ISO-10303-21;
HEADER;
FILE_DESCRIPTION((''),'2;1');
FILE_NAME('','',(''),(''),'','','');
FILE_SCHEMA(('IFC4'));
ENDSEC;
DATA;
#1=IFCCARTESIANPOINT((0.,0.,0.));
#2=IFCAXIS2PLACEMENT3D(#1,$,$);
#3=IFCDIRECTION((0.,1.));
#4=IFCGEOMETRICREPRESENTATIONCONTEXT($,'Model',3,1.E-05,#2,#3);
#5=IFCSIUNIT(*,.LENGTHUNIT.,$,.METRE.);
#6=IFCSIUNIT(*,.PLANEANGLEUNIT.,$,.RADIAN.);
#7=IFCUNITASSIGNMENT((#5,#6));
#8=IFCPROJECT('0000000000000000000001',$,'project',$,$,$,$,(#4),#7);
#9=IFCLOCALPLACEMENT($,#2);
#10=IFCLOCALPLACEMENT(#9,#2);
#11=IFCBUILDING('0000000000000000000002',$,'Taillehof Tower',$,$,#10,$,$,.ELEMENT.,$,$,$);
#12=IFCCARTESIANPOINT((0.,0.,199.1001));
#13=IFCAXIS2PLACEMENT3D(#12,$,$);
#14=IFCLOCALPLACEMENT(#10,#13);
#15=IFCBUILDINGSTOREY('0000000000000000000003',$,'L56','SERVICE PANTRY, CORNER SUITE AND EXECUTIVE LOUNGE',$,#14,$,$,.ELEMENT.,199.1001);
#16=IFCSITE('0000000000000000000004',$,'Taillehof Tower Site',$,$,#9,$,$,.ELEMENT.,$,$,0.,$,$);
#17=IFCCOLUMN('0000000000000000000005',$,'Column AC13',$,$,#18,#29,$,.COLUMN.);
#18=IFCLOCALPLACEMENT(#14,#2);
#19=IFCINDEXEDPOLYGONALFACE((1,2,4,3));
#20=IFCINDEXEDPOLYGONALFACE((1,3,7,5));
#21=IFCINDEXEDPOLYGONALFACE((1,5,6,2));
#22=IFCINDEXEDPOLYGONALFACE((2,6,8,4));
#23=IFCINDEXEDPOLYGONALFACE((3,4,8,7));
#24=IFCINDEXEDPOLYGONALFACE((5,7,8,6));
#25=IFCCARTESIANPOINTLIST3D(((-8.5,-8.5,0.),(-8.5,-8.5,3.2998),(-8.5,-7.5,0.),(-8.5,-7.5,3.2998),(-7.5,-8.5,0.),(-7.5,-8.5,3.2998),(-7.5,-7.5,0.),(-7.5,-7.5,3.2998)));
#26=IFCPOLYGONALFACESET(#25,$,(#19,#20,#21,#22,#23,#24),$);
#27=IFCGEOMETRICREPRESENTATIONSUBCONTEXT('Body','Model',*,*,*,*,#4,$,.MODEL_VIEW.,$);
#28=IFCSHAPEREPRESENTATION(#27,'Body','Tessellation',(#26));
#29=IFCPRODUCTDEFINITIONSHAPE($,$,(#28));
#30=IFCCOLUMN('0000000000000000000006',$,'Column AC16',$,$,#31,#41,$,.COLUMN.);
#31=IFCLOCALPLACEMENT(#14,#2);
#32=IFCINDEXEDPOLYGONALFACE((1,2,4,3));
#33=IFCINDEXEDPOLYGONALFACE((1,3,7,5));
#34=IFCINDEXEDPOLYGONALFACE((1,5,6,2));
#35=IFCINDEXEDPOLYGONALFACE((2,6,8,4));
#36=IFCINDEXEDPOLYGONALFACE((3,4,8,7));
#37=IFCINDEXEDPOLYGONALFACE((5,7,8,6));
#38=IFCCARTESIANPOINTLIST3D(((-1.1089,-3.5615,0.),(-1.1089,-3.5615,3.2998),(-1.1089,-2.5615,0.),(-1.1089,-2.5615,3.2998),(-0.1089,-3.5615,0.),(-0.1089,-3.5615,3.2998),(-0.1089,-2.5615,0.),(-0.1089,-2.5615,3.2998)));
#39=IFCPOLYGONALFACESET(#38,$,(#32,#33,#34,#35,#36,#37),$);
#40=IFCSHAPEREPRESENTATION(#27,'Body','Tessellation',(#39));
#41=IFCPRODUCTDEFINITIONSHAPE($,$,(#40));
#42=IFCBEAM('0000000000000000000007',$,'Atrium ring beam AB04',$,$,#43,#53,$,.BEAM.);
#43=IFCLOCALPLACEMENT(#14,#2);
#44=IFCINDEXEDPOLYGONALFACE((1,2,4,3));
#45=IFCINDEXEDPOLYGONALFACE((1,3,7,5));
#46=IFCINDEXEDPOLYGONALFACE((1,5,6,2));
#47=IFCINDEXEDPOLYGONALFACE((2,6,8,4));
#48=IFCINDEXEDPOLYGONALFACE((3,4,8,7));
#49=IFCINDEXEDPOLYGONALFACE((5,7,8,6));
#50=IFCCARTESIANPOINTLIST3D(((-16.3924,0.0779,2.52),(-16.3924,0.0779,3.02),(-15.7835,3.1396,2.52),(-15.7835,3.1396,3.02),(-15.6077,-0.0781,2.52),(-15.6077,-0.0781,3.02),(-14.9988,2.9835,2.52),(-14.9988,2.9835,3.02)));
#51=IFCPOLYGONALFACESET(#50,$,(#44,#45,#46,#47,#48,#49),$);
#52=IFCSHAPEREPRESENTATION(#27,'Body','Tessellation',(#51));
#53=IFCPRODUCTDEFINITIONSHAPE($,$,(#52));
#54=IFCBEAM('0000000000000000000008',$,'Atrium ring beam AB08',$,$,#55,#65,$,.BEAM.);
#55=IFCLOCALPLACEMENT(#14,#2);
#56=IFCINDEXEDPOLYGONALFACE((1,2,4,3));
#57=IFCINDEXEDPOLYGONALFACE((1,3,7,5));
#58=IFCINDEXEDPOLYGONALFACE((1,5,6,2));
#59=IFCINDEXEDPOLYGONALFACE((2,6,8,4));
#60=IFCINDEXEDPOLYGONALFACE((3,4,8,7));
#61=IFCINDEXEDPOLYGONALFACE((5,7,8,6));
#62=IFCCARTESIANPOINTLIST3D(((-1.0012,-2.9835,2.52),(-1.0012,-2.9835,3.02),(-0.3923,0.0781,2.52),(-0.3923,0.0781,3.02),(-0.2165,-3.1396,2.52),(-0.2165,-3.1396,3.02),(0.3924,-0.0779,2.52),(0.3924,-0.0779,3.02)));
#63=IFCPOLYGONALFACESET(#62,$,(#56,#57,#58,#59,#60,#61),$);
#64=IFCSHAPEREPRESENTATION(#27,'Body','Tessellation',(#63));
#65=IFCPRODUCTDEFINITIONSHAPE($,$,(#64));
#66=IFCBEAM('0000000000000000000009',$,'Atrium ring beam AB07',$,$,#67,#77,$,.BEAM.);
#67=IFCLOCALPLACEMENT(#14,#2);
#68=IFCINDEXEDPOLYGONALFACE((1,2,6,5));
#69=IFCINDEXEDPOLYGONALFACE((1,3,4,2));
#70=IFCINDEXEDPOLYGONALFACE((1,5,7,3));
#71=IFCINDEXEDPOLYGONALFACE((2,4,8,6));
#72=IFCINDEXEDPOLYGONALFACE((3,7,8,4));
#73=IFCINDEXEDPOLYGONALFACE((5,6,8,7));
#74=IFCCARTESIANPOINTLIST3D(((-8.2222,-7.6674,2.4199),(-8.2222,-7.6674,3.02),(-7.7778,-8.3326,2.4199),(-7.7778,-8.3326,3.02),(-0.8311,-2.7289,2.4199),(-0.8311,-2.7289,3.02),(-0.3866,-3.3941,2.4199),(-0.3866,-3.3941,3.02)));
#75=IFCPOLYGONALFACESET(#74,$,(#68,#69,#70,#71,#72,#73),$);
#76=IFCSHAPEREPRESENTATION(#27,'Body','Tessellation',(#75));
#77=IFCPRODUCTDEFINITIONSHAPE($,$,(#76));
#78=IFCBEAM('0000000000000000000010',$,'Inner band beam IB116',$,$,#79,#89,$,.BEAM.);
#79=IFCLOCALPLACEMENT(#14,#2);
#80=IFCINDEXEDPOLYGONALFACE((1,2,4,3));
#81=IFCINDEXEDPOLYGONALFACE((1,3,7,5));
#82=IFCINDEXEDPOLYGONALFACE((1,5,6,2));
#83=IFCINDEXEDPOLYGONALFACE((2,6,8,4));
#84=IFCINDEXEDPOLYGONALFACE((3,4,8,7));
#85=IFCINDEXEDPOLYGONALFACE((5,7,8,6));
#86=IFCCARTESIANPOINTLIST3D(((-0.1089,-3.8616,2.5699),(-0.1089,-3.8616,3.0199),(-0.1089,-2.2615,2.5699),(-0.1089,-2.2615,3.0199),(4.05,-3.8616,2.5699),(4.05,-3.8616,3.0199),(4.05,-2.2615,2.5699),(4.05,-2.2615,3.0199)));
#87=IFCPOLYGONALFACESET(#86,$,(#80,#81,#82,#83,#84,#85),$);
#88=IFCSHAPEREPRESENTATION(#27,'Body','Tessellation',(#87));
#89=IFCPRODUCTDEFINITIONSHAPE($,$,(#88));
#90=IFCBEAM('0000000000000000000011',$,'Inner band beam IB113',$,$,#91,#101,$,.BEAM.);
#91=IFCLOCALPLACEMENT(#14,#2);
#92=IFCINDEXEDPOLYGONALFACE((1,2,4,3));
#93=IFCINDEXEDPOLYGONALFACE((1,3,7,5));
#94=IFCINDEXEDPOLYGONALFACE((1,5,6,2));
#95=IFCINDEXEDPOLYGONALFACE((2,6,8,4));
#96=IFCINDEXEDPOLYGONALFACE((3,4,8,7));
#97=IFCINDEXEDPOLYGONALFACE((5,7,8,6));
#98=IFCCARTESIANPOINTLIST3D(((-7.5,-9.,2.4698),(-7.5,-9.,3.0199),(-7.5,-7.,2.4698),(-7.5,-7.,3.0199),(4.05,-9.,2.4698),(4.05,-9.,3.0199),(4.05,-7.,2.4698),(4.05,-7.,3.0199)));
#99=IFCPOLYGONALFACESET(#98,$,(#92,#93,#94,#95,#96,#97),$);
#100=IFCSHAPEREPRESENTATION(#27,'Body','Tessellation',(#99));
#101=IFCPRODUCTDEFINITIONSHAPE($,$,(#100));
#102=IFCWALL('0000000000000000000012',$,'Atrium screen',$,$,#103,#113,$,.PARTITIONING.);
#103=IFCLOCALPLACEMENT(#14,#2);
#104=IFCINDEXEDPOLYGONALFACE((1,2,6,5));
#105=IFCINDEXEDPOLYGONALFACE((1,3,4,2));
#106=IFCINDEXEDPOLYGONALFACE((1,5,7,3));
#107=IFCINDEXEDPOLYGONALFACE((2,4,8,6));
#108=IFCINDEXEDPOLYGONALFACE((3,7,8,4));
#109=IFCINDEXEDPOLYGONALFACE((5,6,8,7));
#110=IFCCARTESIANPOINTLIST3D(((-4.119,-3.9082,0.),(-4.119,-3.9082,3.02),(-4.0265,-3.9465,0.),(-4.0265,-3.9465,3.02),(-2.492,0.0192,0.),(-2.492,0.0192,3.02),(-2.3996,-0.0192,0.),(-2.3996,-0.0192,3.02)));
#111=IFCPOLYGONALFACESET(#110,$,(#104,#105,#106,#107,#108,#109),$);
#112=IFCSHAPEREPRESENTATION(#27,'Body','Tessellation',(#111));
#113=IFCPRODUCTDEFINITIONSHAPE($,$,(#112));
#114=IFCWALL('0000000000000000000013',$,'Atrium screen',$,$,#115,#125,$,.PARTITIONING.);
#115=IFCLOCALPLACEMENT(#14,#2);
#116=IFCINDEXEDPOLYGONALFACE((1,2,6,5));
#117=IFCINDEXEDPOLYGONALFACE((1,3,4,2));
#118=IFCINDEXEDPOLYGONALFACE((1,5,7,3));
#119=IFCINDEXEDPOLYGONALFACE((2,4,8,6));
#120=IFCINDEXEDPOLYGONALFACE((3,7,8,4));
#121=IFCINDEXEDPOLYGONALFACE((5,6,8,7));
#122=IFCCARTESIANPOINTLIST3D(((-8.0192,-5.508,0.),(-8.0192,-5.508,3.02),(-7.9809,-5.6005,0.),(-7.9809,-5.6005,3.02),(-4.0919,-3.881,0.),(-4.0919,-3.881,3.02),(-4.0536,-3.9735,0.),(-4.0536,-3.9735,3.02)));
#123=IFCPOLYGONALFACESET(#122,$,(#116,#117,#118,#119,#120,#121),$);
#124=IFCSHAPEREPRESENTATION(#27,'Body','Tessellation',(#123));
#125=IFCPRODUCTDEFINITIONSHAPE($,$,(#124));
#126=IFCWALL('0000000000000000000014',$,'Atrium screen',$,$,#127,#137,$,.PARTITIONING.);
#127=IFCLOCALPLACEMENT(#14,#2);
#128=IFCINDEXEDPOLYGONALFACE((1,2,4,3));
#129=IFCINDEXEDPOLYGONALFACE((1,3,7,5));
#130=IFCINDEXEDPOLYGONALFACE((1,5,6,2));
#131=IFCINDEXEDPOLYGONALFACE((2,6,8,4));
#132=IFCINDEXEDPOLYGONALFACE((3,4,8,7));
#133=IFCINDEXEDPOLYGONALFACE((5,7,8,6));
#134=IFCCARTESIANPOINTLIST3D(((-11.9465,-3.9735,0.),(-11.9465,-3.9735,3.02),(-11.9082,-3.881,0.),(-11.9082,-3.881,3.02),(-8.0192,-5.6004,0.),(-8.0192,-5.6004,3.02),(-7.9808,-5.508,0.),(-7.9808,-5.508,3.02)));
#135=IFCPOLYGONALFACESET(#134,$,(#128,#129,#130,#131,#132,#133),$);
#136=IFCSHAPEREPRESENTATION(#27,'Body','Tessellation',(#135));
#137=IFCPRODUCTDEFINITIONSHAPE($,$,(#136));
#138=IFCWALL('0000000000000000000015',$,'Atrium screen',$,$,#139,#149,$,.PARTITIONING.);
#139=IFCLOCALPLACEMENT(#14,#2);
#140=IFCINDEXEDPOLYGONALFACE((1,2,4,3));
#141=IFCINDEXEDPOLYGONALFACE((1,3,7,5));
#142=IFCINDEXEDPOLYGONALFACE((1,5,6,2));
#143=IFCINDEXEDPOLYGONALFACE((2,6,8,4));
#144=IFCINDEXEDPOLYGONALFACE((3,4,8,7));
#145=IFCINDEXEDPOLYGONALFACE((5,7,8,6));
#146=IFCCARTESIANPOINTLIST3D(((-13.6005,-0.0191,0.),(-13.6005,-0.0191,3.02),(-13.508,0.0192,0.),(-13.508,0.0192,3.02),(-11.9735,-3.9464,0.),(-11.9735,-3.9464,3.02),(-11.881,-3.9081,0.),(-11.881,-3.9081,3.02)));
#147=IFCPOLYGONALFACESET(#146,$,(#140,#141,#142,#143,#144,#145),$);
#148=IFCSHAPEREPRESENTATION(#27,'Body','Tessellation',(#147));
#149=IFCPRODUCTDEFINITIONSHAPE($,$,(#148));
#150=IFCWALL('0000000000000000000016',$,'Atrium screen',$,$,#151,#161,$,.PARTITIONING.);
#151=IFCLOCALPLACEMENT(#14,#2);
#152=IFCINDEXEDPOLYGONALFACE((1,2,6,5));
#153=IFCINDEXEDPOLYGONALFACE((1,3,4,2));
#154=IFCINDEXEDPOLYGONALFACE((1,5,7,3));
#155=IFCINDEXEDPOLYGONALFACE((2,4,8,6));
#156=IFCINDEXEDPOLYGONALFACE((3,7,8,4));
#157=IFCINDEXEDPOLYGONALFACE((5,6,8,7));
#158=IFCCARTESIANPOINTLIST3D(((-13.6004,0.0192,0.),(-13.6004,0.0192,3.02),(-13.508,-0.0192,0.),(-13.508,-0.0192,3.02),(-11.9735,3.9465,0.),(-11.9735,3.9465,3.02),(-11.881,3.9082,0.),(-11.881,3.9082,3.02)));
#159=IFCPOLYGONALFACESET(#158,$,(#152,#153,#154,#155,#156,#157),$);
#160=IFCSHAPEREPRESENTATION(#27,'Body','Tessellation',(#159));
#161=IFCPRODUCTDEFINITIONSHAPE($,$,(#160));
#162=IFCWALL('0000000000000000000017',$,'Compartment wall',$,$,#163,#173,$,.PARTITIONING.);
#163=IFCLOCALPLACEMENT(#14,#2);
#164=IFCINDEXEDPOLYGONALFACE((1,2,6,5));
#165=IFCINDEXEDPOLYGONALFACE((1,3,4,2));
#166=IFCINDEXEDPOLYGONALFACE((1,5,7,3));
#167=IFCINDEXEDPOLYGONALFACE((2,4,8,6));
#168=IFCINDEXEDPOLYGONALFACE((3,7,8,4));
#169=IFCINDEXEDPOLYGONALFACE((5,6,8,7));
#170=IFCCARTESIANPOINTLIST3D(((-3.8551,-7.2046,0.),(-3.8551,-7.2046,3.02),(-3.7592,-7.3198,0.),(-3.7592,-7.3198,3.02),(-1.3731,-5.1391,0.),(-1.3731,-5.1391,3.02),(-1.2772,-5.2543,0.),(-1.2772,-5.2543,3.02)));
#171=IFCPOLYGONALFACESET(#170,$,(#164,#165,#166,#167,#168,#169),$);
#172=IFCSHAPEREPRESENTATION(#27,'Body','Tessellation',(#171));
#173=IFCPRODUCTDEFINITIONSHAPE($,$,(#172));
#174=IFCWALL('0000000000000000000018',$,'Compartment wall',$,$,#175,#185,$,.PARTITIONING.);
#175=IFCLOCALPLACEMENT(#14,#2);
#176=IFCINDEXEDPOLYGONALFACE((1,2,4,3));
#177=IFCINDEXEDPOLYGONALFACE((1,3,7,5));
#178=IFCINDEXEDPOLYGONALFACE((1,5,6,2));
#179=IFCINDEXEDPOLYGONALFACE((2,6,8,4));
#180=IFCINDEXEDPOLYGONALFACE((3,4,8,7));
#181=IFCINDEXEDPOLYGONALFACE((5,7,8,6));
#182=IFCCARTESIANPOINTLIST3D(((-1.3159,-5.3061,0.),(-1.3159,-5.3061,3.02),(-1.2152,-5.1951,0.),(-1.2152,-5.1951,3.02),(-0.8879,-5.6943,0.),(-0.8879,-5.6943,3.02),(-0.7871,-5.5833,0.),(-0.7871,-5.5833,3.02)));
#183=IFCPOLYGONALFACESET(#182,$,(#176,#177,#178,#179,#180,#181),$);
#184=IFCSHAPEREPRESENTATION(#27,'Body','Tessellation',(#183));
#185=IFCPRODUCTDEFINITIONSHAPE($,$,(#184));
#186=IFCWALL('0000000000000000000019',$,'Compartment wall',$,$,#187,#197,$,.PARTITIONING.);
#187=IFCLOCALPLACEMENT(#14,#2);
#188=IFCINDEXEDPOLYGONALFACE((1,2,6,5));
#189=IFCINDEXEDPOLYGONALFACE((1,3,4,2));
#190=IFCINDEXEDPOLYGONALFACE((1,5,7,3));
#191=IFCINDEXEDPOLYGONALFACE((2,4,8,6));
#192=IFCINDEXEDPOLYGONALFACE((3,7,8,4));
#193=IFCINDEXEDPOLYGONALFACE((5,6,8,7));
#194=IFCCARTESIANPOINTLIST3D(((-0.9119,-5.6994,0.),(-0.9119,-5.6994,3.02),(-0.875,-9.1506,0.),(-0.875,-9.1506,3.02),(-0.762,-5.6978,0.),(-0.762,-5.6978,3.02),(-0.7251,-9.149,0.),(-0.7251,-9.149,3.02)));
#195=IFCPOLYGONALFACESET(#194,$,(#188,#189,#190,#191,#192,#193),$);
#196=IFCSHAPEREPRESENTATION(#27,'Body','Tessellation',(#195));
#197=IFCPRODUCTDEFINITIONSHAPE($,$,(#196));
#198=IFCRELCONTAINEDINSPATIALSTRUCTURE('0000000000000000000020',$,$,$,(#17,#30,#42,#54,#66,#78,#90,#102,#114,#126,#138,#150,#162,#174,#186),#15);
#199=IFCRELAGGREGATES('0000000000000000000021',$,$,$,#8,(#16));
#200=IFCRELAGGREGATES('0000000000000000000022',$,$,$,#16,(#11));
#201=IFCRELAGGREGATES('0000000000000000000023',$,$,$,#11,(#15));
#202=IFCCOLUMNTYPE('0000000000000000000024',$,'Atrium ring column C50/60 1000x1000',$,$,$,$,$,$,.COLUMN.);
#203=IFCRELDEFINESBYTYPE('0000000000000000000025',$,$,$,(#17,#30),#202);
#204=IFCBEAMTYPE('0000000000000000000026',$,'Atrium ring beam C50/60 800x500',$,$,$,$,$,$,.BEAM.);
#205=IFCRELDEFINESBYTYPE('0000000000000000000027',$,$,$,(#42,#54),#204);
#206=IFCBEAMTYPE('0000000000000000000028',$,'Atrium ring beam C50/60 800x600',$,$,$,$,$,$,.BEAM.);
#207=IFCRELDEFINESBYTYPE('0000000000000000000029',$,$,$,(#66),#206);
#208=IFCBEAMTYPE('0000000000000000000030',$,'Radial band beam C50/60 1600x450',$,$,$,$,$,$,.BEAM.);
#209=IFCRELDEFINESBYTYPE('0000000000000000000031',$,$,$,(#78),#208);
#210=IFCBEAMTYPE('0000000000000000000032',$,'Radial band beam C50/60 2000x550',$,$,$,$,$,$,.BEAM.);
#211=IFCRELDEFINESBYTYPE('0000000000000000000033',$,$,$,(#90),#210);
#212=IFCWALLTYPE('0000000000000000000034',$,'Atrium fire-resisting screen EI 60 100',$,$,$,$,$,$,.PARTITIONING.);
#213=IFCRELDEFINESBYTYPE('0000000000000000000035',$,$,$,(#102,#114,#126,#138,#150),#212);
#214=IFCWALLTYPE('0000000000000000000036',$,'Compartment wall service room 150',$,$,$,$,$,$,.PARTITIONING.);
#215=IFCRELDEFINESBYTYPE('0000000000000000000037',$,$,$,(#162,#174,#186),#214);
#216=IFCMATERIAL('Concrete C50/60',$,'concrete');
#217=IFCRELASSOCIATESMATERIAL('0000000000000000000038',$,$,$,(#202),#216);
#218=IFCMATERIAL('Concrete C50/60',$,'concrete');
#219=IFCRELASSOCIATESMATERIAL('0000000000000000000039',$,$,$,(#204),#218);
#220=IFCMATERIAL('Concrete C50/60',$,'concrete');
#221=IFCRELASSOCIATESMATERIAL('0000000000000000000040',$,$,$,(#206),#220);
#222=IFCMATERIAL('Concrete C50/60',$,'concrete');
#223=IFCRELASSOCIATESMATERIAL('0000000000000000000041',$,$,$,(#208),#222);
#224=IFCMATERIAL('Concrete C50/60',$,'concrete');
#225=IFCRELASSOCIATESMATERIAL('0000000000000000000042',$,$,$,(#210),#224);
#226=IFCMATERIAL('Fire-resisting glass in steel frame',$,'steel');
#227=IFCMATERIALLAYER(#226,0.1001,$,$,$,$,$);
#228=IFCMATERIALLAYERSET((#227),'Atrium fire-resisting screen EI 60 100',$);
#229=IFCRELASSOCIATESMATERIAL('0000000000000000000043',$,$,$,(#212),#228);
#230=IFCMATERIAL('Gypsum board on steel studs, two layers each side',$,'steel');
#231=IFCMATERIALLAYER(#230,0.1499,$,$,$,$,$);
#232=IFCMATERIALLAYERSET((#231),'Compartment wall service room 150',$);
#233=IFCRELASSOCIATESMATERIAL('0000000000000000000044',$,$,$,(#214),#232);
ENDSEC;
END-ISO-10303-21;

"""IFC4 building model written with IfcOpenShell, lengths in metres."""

from ifc_helpers import new_model, si_unit, direction, frame, frame_2d, origin, origin_2d, place, context, subcontext, project, spatial, rectangle, extrude, material, layer, layer_set, material_profile, profile_set, type_object, element, save


model = new_model("IFC4")

# Units and contexts
model_context = context("Model", 3, precision=1e-05, world=origin(), true_north=direction((0.0, 1.0)))
body_context = subcontext(model_context, "Body", "Model", "MODEL_VIEW")
ifc_project = project(units=[si_unit("LENGTHUNIT", "METRE"), si_unit("PLANEANGLEUNIT", "RADIAN")], contexts=[model_context])

# Site, building, storey
site_placement = place(None, origin())
site = spatial("IfcSite", under=ifc_project, at=site_placement, Name="Taillehof Tower Site", CompositionType="ELEMENT", RefElevation=0.0)
building_placement = place(site_placement, origin())
building = spatial("IfcBuilding", under=site, at=building_placement, Name="Taillehof Tower", CompositionType="ELEMENT")
storey_placement = place(building_placement, frame((0.0, 0.0, 199.1001)))
storey = spatial("IfcBuildingStorey", under=building, at=storey_placement, Name="L56", Description="SERVICE PANTRY, CORNER SUITE AND EXECUTIVE LOUNGE", CompositionType="ELEMENT", Elevation=199.1001)

# Columns
ifc_material_1 = material(Name="Concrete C50/60", Category="concrete")
ifc_material_profile_1 = material_profile(ifc_material_1, rectangle(XDim=1.0, YDim=1.0, at=origin_2d()), Name="RC 1000x1000")
ifc_profile_set_1 = profile_set([ifc_material_profile_1], Name="Concrete C50/60")
column_type = type_object("IfcColumnType", Name="Atrium ring column C50/60 1000x1000", PredefinedType="COLUMN", material=ifc_profile_set_1)
for number, where, z_axis, x_axis, name in (
    (1, (-8.0, -8.0, 0.0), (0.0, 0.0, 1.0), (1.0, 0.0, 0.0), "Column AC13"),
    (2, (-0.6089, -3.0615, 0.0), (0.0, 0.0, 1.0), (1.0, 0.0, 0.0), "Column AC16"),
):
    element("IfcColumn", number, at=place(storey_placement, frame(where, z_axis=z_axis, x_axis=x_axis)), inside=storey, type_object=column_type, Name=name, PredefinedType="COLUMN", context=body_context, shape_type="SweptSolid", body=[
        extrude(rectangle(XDim=1.0, YDim=1.0, at=origin_2d()), origin(), (0.0, 0.0, 1.0), 3.2998),
    ])

# Beams
ifc_material_2 = material(Name="Concrete C50/60", Category="concrete")
ifc_material_profile_2 = material_profile(ifc_material_2, rectangle(XDim=0.8, YDim=0.5, at=origin_2d()), Name="RC 800x500")
ifc_profile_set_2 = profile_set([ifc_material_profile_2], Name="Concrete C50/60")
beam_type_1 = type_object("IfcBeamType", Name="Atrium ring beam C50/60 800x500", PredefinedType="BEAM", material=ifc_profile_set_2)
for number, where, z_axis, x_axis, name in (
    (3, (-15.3911, 3.0615, 2.77), (-0.195063, -0.980791, 0.0), (0.980791, -0.195063, 0.0), "Atrium ring beam AB04"),
    (4, (-0.6089, -3.0615, 2.77), (0.195063, 0.980791, 0.0), (-0.980791, 0.195063, 0.0), "Atrium ring beam AB08"),
):
    element("IfcBeam", number, at=place(storey_placement, frame(where, z_axis=z_axis, x_axis=x_axis)), inside=storey, type_object=beam_type_1, Name=name, PredefinedType="BEAM", context=body_context, shape_type="SweptSolid", body=[
        extrude(rectangle(XDim=0.8, YDim=0.5, at=origin_2d()), origin(), (0.0, 0.0, 1.0), 3.1216),
    ])
ifc_material_3 = material(Name="Concrete C50/60", Category="concrete")
ifc_material_profile_3 = material_profile(ifc_material_3, rectangle(XDim=0.8, YDim=0.6001, at=origin_2d()), Name="RC 800x600")
ifc_profile_set_3 = profile_set([ifc_material_profile_3], Name="Concrete C50/60")
beam_type_2 = type_object("IfcBeamType", Name="Atrium ring beam C50/60 800x600", PredefinedType="BEAM", material=ifc_profile_set_3)
beam_1_placement = place(storey_placement, frame((-8.0, -8.0, 2.72), z_axis=(0.831475, 0.555562, 0.0), x_axis=(-0.555562, 0.831475, 0.0)))
element("IfcBeam", 5, at=beam_1_placement, inside=storey, type_object=beam_type_2, Name="Atrium ring beam AB07", PredefinedType="BEAM", context=body_context, shape_type="SweptSolid", body=[
    extrude(rectangle(XDim=0.8, YDim=0.6001, at=origin_2d()), origin(), (0.0, 0.0, 1.0), 8.8892),
])
ifc_material_4 = material(Name="Concrete C50/60", Category="concrete")
ifc_material_profile_4 = material_profile(ifc_material_4, rectangle(XDim=1.6001, YDim=0.45, at=origin_2d()), Name="RC 1600x450")
ifc_profile_set_4 = profile_set([ifc_material_profile_4], Name="Concrete C50/60")
beam_type_3 = type_object("IfcBeamType", Name="Radial band beam C50/60 1600x450", PredefinedType="BEAM", material=ifc_profile_set_4)
beam_2_placement = place(storey_placement, frame((-0.1089, -3.0615, 2.7949), z_axis=(1.0, 0.0, 0.0), x_axis=(0.0, 1.0, 0.0)))
element("IfcBeam", 6, at=beam_2_placement, inside=storey, type_object=beam_type_3, Name="Inner band beam IB116", PredefinedType="BEAM", context=body_context, shape_type="SweptSolid", body=[
    extrude(rectangle(XDim=1.6001, YDim=0.45, at=origin_2d()), origin(), (0.0, 0.0, 1.0), 4.1589),
])
ifc_material_5 = material(Name="Concrete C50/60", Category="concrete")
ifc_material_profile_5 = material_profile(ifc_material_5, rectangle(XDim=2.0, YDim=0.55, at=origin_2d()), Name="RC 2000x550")
ifc_profile_set_5 = profile_set([ifc_material_profile_5], Name="Concrete C50/60")
beam_type_4 = type_object("IfcBeamType", Name="Radial band beam C50/60 2000x550", PredefinedType="BEAM", material=ifc_profile_set_5)
beam_3_placement = place(storey_placement, frame((-7.5, -8.0, 2.7449), z_axis=(1.0, 0.0, 0.0), x_axis=(0.0, 1.0, 0.0)))
element("IfcBeam", 7, at=beam_3_placement, inside=storey, type_object=beam_type_4, Name="Inner band beam IB113", PredefinedType="BEAM", context=body_context, shape_type="SweptSolid", body=[
    extrude(rectangle(XDim=2.0, YDim=0.55, at=origin_2d()), origin(), (0.0, 0.0, 1.0), 11.55),
])

# Walls
ifc_material_6 = material(Name="Fire-resisting glass in steel frame", Category="steel")
ifc_layer_1 = layer(ifc_material_6, 0.1001)
ifc_layer_set_1 = layer_set([ifc_layer_1], Name="Atrium fire-resisting screen EI 60 100")
wall_type_1 = type_object("IfcWallType", Name="Atrium fire-resisting screen EI 60 100", PredefinedType="PARTITIONING", material=ifc_layer_set_1)
for number, where, z_axis, x_axis, name in (
    (8, (-2.4458, 0.0, 0.0), (0.0, 0.0, 1.0), (-0.382731, -0.92386, 0.0), "Atrium screen"),
    (9, (-4.0728, -3.9272, 0.0), (0.0, 0.0, 1.0), (-0.92386, -0.382731, 0.0), "Atrium screen"),
    (10, (-8.0, -5.5542, 0.0), (0.0, 0.0, 1.0), (-0.92386, 0.382731, 0.0), "Atrium screen"),
    (11, (-11.9272, -3.9272, 0.0), (0.0, 0.0, 1.0), (-0.382731, 0.92386, 0.0), "Atrium screen"),
    (12, (-13.5542, 0.0, 0.0), (0.0, 0.0, 1.0), (0.382731, 0.92386, 0.0), "Atrium screen"),
):
    element("IfcWall", number, at=place(storey_placement, frame(where, z_axis=z_axis, x_axis=x_axis)), inside=storey, type_object=wall_type_1, Name=name, PredefinedType="PARTITIONING", context=body_context, shape_type="SweptSolid", body=[
        extrude(rectangle(XDim=4.251, YDim=0.1001, at=frame_2d((2.1255, 0.0))), origin(), (0.0, 0.0, 1.0), 3.02),
    ])
ifc_material_7 = material(Name="Gypsum board on steel studs, two layers each side", Category="steel")
ifc_layer_2 = layer(ifc_material_7, 0.1499)
ifc_layer_set_2 = layer_set([ifc_layer_2], Name="Compartment wall service room 150")
wall_type_2 = type_object("IfcWallType", Name="Compartment wall service room 150", PredefinedType="PARTITIONING", material=ifc_layer_set_2)
wall_1_placement = place(storey_placement, frame((-3.8071, -7.2622, 0.0), z_axis=(0.0, 0.0, 1.0), x_axis=(0.768655, 0.639664, 0.0)))
element("IfcWall", 13, at=wall_1_placement, inside=storey, type_object=wall_type_2, Name="Compartment wall", PredefinedType="PARTITIONING", context=body_context, shape_type="SweptSolid", body=[
    extrude(rectangle(XDim=3.229, YDim=0.1499, at=frame_2d((1.6145, 0.0))), origin(), (0.0, 0.0, 1.0), 3.02),
])
wall_2_placement = place(storey_placement, frame((-1.2656, -5.2505, 0.0), z_axis=(0.0, 0.0, 1.0), x_axis=(0.740704, -0.671831, 0.0)))
element("IfcWall", 14, at=wall_2_placement, inside=storey, type_object=wall_type_2, Name="Compartment wall", PredefinedType="PARTITIONING", context=body_context, shape_type="SweptSolid", body=[
    extrude(rectangle(XDim=0.5779, YDim=0.1499, at=frame_2d((0.2891, 0.0))), origin(), (0.0, 0.0, 1.0), 3.02),
])
wall_3_placement = place(storey_placement, frame((-0.8369, -5.6987, 0.0), z_axis=(0.0, 0.0, 1.0), x_axis=(0.010681, -0.999943, 0.0)))
element("IfcWall", 15, at=wall_3_placement, inside=storey, type_object=wall_type_2, Name="Compartment wall", PredefinedType="PARTITIONING", context=body_context, shape_type="SweptSolid", body=[
    extrude(rectangle(XDim=3.4514, YDim=0.1499, at=frame_2d((1.7256, 0.0))), origin(), (0.0, 0.0, 1.0), 3.02),
])

save(model, "model.ifc")
